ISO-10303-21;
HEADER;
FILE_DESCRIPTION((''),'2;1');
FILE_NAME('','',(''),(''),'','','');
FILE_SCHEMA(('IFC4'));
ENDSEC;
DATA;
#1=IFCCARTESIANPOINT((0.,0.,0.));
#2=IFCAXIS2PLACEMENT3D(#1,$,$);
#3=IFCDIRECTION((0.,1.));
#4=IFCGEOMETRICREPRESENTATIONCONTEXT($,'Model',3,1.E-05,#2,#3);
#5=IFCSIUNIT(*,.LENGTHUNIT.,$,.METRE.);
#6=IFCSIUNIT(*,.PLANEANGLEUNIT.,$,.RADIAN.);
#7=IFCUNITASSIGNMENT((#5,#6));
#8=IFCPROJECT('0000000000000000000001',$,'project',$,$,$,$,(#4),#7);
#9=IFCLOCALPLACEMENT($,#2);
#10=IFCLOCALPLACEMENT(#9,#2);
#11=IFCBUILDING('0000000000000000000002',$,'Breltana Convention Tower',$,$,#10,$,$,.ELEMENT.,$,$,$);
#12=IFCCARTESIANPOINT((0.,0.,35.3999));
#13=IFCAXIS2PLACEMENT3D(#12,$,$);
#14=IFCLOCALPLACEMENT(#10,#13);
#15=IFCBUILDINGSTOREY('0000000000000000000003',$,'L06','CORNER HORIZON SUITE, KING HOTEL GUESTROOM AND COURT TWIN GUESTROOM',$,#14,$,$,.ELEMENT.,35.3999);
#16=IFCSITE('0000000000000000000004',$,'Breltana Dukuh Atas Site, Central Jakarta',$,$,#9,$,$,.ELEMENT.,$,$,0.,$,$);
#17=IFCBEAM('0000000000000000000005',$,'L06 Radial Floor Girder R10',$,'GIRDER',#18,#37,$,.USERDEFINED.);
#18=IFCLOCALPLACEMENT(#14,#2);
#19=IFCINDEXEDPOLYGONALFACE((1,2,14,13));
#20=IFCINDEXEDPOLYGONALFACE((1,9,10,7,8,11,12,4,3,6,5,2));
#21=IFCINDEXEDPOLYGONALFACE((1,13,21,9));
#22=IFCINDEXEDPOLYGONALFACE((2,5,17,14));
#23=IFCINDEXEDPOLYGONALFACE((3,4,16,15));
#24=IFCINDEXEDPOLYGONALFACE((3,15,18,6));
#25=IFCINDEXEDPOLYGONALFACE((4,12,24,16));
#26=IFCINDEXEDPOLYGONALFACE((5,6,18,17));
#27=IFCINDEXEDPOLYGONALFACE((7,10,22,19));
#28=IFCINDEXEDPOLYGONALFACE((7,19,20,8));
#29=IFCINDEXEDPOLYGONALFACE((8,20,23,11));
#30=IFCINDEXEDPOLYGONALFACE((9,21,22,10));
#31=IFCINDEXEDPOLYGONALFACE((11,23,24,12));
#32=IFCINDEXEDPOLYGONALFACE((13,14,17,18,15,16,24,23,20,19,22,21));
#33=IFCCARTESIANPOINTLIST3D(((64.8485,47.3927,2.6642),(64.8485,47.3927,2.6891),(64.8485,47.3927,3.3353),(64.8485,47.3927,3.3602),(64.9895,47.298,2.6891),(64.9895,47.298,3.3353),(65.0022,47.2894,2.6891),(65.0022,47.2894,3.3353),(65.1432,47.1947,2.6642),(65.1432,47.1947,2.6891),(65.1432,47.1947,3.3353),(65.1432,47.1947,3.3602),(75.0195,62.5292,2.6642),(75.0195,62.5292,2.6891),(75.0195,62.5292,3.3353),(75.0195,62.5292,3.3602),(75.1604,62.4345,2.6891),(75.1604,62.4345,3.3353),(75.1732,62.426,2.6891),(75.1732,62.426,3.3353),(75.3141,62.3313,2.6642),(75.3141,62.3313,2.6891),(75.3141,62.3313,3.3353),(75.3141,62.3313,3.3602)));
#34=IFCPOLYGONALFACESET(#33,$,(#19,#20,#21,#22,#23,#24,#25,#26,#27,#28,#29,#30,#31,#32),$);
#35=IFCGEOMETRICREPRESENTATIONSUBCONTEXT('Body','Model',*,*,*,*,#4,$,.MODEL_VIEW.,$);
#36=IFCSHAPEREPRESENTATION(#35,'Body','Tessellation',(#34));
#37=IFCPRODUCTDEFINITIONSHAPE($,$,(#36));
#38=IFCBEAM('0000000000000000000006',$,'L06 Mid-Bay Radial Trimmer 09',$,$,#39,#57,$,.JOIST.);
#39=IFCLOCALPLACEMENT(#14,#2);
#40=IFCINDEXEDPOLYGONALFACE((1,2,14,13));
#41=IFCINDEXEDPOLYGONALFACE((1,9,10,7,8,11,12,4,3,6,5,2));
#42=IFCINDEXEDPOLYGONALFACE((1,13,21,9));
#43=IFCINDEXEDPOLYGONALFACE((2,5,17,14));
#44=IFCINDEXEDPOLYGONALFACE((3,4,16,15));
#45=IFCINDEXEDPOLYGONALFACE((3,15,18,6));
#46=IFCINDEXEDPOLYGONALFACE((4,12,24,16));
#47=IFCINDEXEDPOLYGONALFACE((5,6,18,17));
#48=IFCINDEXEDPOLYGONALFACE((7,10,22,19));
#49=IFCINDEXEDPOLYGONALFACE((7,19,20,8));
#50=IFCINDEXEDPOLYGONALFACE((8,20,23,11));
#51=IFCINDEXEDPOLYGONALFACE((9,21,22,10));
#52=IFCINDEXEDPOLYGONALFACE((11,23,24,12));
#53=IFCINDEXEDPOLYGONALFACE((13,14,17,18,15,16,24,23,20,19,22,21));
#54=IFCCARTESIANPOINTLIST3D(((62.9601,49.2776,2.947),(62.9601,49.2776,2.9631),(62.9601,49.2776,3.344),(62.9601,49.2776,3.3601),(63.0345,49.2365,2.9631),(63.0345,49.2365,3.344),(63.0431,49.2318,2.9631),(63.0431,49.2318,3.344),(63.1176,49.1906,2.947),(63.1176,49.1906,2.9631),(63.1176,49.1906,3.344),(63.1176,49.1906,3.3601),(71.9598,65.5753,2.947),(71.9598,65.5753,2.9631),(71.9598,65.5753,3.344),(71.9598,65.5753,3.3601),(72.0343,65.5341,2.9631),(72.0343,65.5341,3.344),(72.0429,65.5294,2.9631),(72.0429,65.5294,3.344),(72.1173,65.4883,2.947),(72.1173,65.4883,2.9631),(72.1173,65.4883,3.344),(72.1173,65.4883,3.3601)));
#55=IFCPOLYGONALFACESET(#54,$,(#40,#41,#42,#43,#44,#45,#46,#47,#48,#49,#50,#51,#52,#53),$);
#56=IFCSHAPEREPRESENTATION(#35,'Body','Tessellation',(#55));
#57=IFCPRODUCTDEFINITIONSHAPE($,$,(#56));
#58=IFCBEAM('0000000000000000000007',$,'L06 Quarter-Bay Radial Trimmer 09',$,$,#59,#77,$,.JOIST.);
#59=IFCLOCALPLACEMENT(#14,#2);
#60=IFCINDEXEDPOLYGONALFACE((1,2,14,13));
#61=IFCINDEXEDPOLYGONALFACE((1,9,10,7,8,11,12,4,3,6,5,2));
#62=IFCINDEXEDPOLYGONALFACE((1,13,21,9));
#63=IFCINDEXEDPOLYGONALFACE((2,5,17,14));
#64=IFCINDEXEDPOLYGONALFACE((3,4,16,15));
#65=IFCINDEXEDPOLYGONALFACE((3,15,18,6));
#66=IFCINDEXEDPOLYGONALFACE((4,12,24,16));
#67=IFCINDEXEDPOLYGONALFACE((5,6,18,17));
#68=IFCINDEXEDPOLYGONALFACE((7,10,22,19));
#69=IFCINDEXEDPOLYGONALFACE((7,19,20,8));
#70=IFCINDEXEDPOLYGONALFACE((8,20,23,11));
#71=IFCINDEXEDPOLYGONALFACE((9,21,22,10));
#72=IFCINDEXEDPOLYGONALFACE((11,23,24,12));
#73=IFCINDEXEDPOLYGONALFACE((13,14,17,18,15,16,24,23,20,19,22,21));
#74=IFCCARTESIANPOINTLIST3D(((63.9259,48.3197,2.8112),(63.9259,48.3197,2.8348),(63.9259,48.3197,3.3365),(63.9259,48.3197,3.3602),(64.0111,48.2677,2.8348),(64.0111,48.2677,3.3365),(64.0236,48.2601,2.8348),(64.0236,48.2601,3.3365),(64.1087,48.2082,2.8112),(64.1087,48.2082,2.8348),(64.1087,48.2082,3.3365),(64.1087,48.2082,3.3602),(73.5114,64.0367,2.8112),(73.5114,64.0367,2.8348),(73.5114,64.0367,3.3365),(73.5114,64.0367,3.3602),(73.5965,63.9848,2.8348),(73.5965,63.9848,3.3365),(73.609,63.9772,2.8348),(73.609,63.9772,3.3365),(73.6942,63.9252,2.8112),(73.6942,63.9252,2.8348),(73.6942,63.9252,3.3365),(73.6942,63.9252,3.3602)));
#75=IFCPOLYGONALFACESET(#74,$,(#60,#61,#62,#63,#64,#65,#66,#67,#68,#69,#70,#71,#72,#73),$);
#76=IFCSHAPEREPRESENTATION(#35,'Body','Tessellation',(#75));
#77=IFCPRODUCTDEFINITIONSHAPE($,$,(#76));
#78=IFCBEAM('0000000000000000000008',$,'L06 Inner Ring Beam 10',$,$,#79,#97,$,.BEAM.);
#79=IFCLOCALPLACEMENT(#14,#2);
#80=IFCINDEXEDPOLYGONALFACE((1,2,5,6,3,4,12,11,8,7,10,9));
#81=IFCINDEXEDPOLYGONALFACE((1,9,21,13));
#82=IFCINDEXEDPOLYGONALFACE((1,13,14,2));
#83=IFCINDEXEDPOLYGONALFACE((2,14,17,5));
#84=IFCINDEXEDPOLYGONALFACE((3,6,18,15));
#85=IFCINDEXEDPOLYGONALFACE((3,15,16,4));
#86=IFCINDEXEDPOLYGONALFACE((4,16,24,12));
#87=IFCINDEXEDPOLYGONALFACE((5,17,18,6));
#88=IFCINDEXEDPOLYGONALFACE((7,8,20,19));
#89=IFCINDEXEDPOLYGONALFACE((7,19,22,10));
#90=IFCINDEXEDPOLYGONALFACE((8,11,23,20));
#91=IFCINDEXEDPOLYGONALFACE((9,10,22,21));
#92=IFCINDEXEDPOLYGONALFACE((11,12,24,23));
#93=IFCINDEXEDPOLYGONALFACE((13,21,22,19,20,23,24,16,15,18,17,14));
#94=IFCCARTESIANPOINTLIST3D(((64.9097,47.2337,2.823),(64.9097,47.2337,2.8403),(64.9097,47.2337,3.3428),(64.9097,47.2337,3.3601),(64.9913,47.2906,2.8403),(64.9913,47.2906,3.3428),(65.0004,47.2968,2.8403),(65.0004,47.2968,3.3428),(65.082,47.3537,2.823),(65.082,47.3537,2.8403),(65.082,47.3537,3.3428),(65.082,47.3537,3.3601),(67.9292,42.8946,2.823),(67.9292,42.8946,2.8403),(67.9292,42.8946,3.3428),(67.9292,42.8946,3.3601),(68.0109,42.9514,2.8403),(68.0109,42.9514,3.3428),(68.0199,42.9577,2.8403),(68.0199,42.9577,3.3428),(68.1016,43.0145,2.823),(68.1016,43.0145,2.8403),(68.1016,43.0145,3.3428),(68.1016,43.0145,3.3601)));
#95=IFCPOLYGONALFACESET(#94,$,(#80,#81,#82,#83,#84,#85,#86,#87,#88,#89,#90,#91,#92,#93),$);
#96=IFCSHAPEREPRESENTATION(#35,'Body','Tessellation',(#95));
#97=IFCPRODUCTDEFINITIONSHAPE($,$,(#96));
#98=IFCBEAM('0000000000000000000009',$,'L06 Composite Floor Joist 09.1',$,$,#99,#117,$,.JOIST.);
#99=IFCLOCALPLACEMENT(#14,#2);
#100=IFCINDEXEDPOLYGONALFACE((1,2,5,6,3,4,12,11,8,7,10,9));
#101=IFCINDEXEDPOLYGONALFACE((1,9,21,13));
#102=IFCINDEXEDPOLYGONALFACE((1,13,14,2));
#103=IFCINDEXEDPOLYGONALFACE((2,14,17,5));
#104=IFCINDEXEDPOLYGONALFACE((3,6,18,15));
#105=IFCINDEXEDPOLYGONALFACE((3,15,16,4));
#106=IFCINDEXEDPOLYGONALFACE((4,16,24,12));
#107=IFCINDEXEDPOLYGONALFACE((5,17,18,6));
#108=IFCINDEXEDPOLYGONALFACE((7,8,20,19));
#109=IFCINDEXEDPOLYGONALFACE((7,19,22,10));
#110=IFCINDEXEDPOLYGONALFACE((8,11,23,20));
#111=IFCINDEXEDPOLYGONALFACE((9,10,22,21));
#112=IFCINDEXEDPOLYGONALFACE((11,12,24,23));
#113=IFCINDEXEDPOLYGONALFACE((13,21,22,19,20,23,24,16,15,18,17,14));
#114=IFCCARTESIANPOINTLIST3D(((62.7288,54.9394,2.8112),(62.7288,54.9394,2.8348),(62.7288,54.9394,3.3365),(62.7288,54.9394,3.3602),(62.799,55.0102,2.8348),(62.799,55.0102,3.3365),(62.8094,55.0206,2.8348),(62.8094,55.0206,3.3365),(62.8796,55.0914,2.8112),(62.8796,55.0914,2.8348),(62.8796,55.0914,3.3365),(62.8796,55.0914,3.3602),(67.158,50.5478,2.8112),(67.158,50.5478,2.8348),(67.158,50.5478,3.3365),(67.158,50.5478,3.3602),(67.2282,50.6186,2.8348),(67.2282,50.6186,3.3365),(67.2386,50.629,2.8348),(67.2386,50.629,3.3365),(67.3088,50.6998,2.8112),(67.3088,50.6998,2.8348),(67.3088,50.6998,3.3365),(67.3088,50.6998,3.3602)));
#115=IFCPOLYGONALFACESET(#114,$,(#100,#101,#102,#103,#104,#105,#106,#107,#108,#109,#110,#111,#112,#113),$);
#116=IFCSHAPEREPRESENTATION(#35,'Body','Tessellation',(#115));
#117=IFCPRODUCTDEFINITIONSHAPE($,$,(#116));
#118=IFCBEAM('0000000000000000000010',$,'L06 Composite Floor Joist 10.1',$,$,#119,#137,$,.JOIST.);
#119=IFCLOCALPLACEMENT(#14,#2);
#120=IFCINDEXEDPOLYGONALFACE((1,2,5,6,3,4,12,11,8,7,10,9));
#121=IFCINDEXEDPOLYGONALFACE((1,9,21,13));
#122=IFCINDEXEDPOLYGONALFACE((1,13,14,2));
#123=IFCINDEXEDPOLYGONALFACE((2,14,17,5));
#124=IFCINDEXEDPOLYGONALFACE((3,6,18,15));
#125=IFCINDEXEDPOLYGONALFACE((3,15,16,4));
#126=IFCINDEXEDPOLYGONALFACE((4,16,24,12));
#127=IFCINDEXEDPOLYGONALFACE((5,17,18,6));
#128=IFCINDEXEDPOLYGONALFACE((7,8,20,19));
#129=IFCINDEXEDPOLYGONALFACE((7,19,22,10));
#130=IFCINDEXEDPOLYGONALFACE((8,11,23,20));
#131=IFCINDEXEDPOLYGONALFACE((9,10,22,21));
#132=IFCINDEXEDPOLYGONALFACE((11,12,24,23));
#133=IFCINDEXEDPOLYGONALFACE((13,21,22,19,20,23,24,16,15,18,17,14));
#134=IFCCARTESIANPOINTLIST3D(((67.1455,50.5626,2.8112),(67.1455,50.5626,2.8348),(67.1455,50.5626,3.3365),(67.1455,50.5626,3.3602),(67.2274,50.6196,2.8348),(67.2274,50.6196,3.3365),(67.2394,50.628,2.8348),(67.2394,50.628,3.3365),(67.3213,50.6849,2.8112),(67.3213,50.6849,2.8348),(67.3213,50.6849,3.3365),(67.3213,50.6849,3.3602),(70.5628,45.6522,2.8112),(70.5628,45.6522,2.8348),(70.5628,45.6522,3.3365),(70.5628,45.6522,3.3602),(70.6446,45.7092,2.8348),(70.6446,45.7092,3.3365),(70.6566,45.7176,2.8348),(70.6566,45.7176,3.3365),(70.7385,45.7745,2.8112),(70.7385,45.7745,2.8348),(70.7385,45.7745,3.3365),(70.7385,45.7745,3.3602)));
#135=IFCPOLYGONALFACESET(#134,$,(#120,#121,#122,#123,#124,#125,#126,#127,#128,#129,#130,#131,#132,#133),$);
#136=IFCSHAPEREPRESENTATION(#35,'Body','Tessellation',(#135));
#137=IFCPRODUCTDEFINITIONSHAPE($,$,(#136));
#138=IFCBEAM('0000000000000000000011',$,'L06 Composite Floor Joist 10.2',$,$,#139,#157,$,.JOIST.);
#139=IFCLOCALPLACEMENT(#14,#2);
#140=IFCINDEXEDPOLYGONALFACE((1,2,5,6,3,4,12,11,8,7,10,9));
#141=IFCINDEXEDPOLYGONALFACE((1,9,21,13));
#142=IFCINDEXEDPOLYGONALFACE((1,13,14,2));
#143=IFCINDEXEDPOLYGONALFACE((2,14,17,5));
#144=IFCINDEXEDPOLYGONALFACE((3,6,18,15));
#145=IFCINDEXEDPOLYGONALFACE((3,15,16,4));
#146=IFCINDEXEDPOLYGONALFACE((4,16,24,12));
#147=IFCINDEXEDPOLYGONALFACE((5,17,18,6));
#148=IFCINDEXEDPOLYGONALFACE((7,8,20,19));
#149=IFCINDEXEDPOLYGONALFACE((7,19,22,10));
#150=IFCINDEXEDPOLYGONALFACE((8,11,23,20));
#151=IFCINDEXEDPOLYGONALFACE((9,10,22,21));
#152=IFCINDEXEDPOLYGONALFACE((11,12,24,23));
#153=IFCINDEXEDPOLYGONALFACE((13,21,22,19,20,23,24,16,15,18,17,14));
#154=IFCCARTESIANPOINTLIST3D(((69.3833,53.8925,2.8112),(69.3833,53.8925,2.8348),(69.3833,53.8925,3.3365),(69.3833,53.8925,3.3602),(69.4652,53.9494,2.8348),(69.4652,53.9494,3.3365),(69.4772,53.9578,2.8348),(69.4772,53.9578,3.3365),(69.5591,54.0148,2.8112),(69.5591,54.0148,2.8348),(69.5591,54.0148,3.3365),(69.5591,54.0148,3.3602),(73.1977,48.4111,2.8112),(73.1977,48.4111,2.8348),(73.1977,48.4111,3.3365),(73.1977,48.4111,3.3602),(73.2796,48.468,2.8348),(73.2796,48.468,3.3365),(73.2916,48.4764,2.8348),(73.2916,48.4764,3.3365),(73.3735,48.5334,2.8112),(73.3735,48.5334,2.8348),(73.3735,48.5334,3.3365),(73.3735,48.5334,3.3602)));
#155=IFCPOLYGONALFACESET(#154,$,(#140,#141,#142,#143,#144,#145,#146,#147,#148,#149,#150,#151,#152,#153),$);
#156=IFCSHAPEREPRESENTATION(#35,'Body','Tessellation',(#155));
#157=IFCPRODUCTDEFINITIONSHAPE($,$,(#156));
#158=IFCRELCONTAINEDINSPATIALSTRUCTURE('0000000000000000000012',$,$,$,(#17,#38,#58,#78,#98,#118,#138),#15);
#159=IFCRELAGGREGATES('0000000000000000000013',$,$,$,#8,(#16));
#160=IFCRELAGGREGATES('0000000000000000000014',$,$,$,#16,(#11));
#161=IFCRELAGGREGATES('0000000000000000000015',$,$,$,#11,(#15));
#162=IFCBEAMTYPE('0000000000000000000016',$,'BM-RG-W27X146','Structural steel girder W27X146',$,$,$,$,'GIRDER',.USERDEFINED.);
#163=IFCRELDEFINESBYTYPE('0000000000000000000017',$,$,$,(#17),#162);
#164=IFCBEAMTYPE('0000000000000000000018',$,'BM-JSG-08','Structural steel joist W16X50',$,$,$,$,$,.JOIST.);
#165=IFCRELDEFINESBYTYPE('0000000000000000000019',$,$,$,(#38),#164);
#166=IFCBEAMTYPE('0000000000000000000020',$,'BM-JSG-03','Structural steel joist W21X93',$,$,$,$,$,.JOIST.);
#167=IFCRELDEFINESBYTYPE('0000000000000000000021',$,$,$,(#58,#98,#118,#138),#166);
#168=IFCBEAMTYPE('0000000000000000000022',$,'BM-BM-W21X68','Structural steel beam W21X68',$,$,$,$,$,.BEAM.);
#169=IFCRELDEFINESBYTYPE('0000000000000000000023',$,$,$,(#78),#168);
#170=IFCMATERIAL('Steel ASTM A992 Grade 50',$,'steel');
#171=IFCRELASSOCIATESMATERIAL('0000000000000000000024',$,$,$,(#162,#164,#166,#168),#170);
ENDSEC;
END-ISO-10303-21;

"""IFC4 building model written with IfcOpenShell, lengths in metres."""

from ifc_helpers import new_model, si_unit, direction, frame, origin, origin_2d, place, context, subcontext, project, spatial, i_section, extrude, source, transform, mapped, material, material_profile, profile_set, type_object, element, save


model = new_model("IFC4")

# Units and contexts
model_context = context("Model", 3, precision=1e-05, world=origin(), true_north=direction((0.0, 1.0)))
body_context = subcontext(model_context, "Body", "Model", "MODEL_VIEW")
ifc_project = project(units=[si_unit("LENGTHUNIT", "METRE"), si_unit("PLANEANGLEUNIT", "RADIAN")], contexts=[model_context])

# Site, building, storey
site_placement = place(None, origin())
site = spatial("IfcSite", under=ifc_project, at=site_placement, Name="Breltana Dukuh Atas Site, Central Jakarta", CompositionType="ELEMENT", RefElevation=0.0)
building_placement = place(site_placement, origin())
building = spatial("IfcBuilding", under=site, at=building_placement, Name="Breltana Convention Tower", CompositionType="ELEMENT")
storey_placement = place(building_placement, frame((0.0, 0.0, 35.3999)))
storey = spatial("IfcBuildingStorey", under=building, at=storey_placement, Name="L06", Description="CORNER HORIZON SUITE, KING HOTEL GUESTROOM AND COURT TWIN GUESTROOM", CompositionType="ELEMENT", Elevation=35.3999)

# Beams
ifc_material_1 = material(Name="Steel ASTM A992 Grade 50", Category="steel")
ifc_material_profile_1 = material_profile(ifc_material_1, i_section(OverallWidth=0.355, OverallDepth=0.696, WebThickness=0.0154, FlangeThickness=0.0249, at=origin_2d()), Name="W27X146")
ifc_profile_set_1 = profile_set([ifc_material_profile_1], Name="Steel ASTM A992 Grade 50")
beam_type_1 = type_object("IfcBeamType", Name="BM-RG-W27X146", Description="Structural steel girder W27X146", ElementType="GIRDER", PredefinedType="USERDEFINED", material=ifc_profile_set_1)
shared_shape_1 = source(origin(), body_context, "Body", "SweptSolid", [
    extrude(i_section(OverallWidth=0.355, OverallDepth=0.696, WebThickness=0.0154, FlangeThickness=0.0249, at=origin_2d()), origin(), (0.0, 0.0, 1.0), 18.2363),
])
beam_1_placement = place(storey_placement, frame((64.9958, 47.2937, 3.0122), z_axis=(0.55773, 0.830022, 0.0), x_axis=(-0.830022, 0.55773, 0.0)))
element("IfcBeam", 1, at=beam_1_placement, inside=storey, type_object=beam_type_1, Name="L06 Radial Floor Girder R10", ObjectType="GIRDER", PredefinedType="USERDEFINED", context=body_context, shape_type="MappedRepresentation", body=[
    mapped(shared_shape_1, transform((0.0, 0.0, 0.0), scale=1.0)),
])
ifc_material_profile_2 = material_profile(ifc_material_1, i_section(OverallWidth=0.1799, OverallDepth=0.4131, WebThickness=0.0098, FlangeThickness=0.0161, at=origin_2d()), Name="W16X50")
ifc_profile_set_2 = profile_set([ifc_material_profile_2], Name="Steel ASTM A992 Grade 50")
beam_type_2 = type_object("IfcBeamType", Name="BM-JSG-08", Description="Structural steel joist W16X50", PredefinedType="JOIST", material=ifc_profile_set_2)
shared_shape_2 = source(origin(), body_context, "Body", "SweptSolid", [
    extrude(i_section(OverallWidth=0.1799, OverallDepth=0.4131, WebThickness=0.0098, FlangeThickness=0.0161, at=origin_2d()), origin(), (0.0, 0.0, 1.0), 18.6174),
])
beam_2_placement = place(storey_placement, frame((63.0388, 49.2341, 3.1536), z_axis=(0.483406, 0.875396, 0.0), x_axis=(-0.875396, 0.483406, 0.0)))
element("IfcBeam", 2, at=beam_2_placement, inside=storey, type_object=beam_type_2, Name="L06 Mid-Bay Radial Trimmer 09", PredefinedType="JOIST", context=body_context, shape_type="MappedRepresentation", body=[
    mapped(shared_shape_2, transform((0.0, 0.0, 0.0), scale=1.0)),
])
ifc_material_profile_3 = material_profile(ifc_material_1, i_section(OverallWidth=0.2141, OverallDepth=0.5491, WebThickness=0.0146, FlangeThickness=0.0237, at=origin_2d()), Name="W21X93")
ifc_profile_set_3 = profile_set([ifc_material_profile_3], Name="Steel ASTM A992 Grade 50")
beam_type_3 = type_object("IfcBeamType", Name="BM-JSG-03", Description="Structural steel joist W21X93", PredefinedType="JOIST", material=ifc_profile_set_3)
shared_shape_3 = source(origin(), body_context, "Body", "SweptSolid", [
    extrude(i_section(OverallWidth=0.2141, OverallDepth=0.5491, WebThickness=0.0146, FlangeThickness=0.0237, at=origin_2d()), origin(), (0.0, 0.0, 1.0), 18.4094),
])
beam_3_placement = place(storey_placement, frame((64.0173, 48.2639, 3.0857), z_axis=(0.520682, 0.853751, 0.0), x_axis=(-0.853751, 0.520682, 0.0)))
element("IfcBeam", 3, at=beam_3_placement, inside=storey, type_object=beam_type_3, Name="L06 Quarter-Bay Radial Trimmer 09", PredefinedType="JOIST", context=body_context, shape_type="MappedRepresentation", body=[
    mapped(shared_shape_3, transform((0.0, 0.0, 0.0), scale=1.0)),
])
ifc_material_profile_4 = material_profile(ifc_material_1, i_section(OverallWidth=0.21, OverallDepth=0.5371, WebThickness=0.011, FlangeThickness=0.0173, at=origin_2d()), Name="W21X68")
ifc_profile_set_4 = profile_set([ifc_material_profile_4], Name="Steel ASTM A992 Grade 50")
beam_type_4 = type_object("IfcBeamType", Name="BM-BM-W21X68", Description="Structural steel beam W21X68", PredefinedType="BEAM", material=ifc_profile_set_4)
shared_shape_4 = source(origin(), body_context, "Body", "SweptSolid", [
    extrude(i_section(OverallWidth=0.21, OverallDepth=0.5371, WebThickness=0.011, FlangeThickness=0.0173, at=origin_2d()), origin(), (0.0, 0.0, 1.0), 5.2864),
])
beam_4_placement = place(storey_placement, frame((64.9958, 47.2937, 3.0916), z_axis=(0.571194, -0.820815, 0.0), x_axis=(0.820815, 0.571194, 0.0)))
element("IfcBeam", 4, at=beam_4_placement, inside=storey, type_object=beam_type_4, Name="L06 Inner Ring Beam 10", PredefinedType="BEAM", context=body_context, shape_type="MappedRepresentation", body=[
    mapped(shared_shape_4, transform((0.0, 0.0, 0.0), scale=1.0)),
])
shared_shape_5 = source(origin(), body_context, "Body", "SweptSolid", [
    extrude(i_section(OverallWidth=0.2141, OverallDepth=0.5491, WebThickness=0.0146, FlangeThickness=0.0237, at=origin_2d()), origin(), (0.0, 0.0, 1.0), 6.2373),
])
beam_5_placement = place(storey_placement, frame((62.8042, 55.0154, 3.0857), z_axis=(0.710114, -0.704086, 0.0), x_axis=(0.704086, 0.710114, 0.0)))
element("IfcBeam", 5, at=beam_5_placement, inside=storey, type_object=beam_type_3, Name="L06 Composite Floor Joist 09.1", PredefinedType="JOIST", context=body_context, shape_type="MappedRepresentation", body=[
    mapped(shared_shape_5, transform((0.0, 0.0, 0.0), scale=1.0)),
])
shared_shape_6 = source(origin(), body_context, "Body", "SweptSolid", [
    extrude(i_section(OverallWidth=0.2141, OverallDepth=0.5491, WebThickness=0.0146, FlangeThickness=0.0237, at=origin_2d()), origin(), (0.0, 0.0, 1.0), 5.9824),
])
beam_6_placement = place(storey_placement, frame((67.2334, 50.6238, 3.0857), z_axis=(0.571212, -0.820803, 0.0), x_axis=(0.820803, 0.571212, 0.0)))
element("IfcBeam", 6, at=beam_6_placement, inside=storey, type_object=beam_type_3, Name="L06 Composite Floor Joist 10.1", PredefinedType="JOIST", context=body_context, shape_type="MappedRepresentation", body=[
    mapped(shared_shape_6, transform((0.0, 0.0, 0.0), scale=1.0)),
])
shared_shape_7 = source(origin(), body_context, "Body", "SweptSolid", [
    extrude(i_section(OverallWidth=0.2141, OverallDepth=0.5491, WebThickness=0.0146, FlangeThickness=0.0237, at=origin_2d()), origin(), (0.0, 0.0, 1.0), 6.678),
])
beam_7_placement = place(storey_placement, frame((69.4712, 53.9536, 3.0857), z_axis=(0.571193, -0.820816, 0.0), x_axis=(0.820816, 0.571193, 0.0)))
element("IfcBeam", 7, at=beam_7_placement, inside=storey, type_object=beam_type_3, Name="L06 Composite Floor Joist 10.2", PredefinedType="JOIST", context=body_context, shape_type="MappedRepresentation", body=[
    mapped(shared_shape_7, transform((0.0, 0.0, 0.0), scale=1.0)),
])

save(model, "model.ifc")
